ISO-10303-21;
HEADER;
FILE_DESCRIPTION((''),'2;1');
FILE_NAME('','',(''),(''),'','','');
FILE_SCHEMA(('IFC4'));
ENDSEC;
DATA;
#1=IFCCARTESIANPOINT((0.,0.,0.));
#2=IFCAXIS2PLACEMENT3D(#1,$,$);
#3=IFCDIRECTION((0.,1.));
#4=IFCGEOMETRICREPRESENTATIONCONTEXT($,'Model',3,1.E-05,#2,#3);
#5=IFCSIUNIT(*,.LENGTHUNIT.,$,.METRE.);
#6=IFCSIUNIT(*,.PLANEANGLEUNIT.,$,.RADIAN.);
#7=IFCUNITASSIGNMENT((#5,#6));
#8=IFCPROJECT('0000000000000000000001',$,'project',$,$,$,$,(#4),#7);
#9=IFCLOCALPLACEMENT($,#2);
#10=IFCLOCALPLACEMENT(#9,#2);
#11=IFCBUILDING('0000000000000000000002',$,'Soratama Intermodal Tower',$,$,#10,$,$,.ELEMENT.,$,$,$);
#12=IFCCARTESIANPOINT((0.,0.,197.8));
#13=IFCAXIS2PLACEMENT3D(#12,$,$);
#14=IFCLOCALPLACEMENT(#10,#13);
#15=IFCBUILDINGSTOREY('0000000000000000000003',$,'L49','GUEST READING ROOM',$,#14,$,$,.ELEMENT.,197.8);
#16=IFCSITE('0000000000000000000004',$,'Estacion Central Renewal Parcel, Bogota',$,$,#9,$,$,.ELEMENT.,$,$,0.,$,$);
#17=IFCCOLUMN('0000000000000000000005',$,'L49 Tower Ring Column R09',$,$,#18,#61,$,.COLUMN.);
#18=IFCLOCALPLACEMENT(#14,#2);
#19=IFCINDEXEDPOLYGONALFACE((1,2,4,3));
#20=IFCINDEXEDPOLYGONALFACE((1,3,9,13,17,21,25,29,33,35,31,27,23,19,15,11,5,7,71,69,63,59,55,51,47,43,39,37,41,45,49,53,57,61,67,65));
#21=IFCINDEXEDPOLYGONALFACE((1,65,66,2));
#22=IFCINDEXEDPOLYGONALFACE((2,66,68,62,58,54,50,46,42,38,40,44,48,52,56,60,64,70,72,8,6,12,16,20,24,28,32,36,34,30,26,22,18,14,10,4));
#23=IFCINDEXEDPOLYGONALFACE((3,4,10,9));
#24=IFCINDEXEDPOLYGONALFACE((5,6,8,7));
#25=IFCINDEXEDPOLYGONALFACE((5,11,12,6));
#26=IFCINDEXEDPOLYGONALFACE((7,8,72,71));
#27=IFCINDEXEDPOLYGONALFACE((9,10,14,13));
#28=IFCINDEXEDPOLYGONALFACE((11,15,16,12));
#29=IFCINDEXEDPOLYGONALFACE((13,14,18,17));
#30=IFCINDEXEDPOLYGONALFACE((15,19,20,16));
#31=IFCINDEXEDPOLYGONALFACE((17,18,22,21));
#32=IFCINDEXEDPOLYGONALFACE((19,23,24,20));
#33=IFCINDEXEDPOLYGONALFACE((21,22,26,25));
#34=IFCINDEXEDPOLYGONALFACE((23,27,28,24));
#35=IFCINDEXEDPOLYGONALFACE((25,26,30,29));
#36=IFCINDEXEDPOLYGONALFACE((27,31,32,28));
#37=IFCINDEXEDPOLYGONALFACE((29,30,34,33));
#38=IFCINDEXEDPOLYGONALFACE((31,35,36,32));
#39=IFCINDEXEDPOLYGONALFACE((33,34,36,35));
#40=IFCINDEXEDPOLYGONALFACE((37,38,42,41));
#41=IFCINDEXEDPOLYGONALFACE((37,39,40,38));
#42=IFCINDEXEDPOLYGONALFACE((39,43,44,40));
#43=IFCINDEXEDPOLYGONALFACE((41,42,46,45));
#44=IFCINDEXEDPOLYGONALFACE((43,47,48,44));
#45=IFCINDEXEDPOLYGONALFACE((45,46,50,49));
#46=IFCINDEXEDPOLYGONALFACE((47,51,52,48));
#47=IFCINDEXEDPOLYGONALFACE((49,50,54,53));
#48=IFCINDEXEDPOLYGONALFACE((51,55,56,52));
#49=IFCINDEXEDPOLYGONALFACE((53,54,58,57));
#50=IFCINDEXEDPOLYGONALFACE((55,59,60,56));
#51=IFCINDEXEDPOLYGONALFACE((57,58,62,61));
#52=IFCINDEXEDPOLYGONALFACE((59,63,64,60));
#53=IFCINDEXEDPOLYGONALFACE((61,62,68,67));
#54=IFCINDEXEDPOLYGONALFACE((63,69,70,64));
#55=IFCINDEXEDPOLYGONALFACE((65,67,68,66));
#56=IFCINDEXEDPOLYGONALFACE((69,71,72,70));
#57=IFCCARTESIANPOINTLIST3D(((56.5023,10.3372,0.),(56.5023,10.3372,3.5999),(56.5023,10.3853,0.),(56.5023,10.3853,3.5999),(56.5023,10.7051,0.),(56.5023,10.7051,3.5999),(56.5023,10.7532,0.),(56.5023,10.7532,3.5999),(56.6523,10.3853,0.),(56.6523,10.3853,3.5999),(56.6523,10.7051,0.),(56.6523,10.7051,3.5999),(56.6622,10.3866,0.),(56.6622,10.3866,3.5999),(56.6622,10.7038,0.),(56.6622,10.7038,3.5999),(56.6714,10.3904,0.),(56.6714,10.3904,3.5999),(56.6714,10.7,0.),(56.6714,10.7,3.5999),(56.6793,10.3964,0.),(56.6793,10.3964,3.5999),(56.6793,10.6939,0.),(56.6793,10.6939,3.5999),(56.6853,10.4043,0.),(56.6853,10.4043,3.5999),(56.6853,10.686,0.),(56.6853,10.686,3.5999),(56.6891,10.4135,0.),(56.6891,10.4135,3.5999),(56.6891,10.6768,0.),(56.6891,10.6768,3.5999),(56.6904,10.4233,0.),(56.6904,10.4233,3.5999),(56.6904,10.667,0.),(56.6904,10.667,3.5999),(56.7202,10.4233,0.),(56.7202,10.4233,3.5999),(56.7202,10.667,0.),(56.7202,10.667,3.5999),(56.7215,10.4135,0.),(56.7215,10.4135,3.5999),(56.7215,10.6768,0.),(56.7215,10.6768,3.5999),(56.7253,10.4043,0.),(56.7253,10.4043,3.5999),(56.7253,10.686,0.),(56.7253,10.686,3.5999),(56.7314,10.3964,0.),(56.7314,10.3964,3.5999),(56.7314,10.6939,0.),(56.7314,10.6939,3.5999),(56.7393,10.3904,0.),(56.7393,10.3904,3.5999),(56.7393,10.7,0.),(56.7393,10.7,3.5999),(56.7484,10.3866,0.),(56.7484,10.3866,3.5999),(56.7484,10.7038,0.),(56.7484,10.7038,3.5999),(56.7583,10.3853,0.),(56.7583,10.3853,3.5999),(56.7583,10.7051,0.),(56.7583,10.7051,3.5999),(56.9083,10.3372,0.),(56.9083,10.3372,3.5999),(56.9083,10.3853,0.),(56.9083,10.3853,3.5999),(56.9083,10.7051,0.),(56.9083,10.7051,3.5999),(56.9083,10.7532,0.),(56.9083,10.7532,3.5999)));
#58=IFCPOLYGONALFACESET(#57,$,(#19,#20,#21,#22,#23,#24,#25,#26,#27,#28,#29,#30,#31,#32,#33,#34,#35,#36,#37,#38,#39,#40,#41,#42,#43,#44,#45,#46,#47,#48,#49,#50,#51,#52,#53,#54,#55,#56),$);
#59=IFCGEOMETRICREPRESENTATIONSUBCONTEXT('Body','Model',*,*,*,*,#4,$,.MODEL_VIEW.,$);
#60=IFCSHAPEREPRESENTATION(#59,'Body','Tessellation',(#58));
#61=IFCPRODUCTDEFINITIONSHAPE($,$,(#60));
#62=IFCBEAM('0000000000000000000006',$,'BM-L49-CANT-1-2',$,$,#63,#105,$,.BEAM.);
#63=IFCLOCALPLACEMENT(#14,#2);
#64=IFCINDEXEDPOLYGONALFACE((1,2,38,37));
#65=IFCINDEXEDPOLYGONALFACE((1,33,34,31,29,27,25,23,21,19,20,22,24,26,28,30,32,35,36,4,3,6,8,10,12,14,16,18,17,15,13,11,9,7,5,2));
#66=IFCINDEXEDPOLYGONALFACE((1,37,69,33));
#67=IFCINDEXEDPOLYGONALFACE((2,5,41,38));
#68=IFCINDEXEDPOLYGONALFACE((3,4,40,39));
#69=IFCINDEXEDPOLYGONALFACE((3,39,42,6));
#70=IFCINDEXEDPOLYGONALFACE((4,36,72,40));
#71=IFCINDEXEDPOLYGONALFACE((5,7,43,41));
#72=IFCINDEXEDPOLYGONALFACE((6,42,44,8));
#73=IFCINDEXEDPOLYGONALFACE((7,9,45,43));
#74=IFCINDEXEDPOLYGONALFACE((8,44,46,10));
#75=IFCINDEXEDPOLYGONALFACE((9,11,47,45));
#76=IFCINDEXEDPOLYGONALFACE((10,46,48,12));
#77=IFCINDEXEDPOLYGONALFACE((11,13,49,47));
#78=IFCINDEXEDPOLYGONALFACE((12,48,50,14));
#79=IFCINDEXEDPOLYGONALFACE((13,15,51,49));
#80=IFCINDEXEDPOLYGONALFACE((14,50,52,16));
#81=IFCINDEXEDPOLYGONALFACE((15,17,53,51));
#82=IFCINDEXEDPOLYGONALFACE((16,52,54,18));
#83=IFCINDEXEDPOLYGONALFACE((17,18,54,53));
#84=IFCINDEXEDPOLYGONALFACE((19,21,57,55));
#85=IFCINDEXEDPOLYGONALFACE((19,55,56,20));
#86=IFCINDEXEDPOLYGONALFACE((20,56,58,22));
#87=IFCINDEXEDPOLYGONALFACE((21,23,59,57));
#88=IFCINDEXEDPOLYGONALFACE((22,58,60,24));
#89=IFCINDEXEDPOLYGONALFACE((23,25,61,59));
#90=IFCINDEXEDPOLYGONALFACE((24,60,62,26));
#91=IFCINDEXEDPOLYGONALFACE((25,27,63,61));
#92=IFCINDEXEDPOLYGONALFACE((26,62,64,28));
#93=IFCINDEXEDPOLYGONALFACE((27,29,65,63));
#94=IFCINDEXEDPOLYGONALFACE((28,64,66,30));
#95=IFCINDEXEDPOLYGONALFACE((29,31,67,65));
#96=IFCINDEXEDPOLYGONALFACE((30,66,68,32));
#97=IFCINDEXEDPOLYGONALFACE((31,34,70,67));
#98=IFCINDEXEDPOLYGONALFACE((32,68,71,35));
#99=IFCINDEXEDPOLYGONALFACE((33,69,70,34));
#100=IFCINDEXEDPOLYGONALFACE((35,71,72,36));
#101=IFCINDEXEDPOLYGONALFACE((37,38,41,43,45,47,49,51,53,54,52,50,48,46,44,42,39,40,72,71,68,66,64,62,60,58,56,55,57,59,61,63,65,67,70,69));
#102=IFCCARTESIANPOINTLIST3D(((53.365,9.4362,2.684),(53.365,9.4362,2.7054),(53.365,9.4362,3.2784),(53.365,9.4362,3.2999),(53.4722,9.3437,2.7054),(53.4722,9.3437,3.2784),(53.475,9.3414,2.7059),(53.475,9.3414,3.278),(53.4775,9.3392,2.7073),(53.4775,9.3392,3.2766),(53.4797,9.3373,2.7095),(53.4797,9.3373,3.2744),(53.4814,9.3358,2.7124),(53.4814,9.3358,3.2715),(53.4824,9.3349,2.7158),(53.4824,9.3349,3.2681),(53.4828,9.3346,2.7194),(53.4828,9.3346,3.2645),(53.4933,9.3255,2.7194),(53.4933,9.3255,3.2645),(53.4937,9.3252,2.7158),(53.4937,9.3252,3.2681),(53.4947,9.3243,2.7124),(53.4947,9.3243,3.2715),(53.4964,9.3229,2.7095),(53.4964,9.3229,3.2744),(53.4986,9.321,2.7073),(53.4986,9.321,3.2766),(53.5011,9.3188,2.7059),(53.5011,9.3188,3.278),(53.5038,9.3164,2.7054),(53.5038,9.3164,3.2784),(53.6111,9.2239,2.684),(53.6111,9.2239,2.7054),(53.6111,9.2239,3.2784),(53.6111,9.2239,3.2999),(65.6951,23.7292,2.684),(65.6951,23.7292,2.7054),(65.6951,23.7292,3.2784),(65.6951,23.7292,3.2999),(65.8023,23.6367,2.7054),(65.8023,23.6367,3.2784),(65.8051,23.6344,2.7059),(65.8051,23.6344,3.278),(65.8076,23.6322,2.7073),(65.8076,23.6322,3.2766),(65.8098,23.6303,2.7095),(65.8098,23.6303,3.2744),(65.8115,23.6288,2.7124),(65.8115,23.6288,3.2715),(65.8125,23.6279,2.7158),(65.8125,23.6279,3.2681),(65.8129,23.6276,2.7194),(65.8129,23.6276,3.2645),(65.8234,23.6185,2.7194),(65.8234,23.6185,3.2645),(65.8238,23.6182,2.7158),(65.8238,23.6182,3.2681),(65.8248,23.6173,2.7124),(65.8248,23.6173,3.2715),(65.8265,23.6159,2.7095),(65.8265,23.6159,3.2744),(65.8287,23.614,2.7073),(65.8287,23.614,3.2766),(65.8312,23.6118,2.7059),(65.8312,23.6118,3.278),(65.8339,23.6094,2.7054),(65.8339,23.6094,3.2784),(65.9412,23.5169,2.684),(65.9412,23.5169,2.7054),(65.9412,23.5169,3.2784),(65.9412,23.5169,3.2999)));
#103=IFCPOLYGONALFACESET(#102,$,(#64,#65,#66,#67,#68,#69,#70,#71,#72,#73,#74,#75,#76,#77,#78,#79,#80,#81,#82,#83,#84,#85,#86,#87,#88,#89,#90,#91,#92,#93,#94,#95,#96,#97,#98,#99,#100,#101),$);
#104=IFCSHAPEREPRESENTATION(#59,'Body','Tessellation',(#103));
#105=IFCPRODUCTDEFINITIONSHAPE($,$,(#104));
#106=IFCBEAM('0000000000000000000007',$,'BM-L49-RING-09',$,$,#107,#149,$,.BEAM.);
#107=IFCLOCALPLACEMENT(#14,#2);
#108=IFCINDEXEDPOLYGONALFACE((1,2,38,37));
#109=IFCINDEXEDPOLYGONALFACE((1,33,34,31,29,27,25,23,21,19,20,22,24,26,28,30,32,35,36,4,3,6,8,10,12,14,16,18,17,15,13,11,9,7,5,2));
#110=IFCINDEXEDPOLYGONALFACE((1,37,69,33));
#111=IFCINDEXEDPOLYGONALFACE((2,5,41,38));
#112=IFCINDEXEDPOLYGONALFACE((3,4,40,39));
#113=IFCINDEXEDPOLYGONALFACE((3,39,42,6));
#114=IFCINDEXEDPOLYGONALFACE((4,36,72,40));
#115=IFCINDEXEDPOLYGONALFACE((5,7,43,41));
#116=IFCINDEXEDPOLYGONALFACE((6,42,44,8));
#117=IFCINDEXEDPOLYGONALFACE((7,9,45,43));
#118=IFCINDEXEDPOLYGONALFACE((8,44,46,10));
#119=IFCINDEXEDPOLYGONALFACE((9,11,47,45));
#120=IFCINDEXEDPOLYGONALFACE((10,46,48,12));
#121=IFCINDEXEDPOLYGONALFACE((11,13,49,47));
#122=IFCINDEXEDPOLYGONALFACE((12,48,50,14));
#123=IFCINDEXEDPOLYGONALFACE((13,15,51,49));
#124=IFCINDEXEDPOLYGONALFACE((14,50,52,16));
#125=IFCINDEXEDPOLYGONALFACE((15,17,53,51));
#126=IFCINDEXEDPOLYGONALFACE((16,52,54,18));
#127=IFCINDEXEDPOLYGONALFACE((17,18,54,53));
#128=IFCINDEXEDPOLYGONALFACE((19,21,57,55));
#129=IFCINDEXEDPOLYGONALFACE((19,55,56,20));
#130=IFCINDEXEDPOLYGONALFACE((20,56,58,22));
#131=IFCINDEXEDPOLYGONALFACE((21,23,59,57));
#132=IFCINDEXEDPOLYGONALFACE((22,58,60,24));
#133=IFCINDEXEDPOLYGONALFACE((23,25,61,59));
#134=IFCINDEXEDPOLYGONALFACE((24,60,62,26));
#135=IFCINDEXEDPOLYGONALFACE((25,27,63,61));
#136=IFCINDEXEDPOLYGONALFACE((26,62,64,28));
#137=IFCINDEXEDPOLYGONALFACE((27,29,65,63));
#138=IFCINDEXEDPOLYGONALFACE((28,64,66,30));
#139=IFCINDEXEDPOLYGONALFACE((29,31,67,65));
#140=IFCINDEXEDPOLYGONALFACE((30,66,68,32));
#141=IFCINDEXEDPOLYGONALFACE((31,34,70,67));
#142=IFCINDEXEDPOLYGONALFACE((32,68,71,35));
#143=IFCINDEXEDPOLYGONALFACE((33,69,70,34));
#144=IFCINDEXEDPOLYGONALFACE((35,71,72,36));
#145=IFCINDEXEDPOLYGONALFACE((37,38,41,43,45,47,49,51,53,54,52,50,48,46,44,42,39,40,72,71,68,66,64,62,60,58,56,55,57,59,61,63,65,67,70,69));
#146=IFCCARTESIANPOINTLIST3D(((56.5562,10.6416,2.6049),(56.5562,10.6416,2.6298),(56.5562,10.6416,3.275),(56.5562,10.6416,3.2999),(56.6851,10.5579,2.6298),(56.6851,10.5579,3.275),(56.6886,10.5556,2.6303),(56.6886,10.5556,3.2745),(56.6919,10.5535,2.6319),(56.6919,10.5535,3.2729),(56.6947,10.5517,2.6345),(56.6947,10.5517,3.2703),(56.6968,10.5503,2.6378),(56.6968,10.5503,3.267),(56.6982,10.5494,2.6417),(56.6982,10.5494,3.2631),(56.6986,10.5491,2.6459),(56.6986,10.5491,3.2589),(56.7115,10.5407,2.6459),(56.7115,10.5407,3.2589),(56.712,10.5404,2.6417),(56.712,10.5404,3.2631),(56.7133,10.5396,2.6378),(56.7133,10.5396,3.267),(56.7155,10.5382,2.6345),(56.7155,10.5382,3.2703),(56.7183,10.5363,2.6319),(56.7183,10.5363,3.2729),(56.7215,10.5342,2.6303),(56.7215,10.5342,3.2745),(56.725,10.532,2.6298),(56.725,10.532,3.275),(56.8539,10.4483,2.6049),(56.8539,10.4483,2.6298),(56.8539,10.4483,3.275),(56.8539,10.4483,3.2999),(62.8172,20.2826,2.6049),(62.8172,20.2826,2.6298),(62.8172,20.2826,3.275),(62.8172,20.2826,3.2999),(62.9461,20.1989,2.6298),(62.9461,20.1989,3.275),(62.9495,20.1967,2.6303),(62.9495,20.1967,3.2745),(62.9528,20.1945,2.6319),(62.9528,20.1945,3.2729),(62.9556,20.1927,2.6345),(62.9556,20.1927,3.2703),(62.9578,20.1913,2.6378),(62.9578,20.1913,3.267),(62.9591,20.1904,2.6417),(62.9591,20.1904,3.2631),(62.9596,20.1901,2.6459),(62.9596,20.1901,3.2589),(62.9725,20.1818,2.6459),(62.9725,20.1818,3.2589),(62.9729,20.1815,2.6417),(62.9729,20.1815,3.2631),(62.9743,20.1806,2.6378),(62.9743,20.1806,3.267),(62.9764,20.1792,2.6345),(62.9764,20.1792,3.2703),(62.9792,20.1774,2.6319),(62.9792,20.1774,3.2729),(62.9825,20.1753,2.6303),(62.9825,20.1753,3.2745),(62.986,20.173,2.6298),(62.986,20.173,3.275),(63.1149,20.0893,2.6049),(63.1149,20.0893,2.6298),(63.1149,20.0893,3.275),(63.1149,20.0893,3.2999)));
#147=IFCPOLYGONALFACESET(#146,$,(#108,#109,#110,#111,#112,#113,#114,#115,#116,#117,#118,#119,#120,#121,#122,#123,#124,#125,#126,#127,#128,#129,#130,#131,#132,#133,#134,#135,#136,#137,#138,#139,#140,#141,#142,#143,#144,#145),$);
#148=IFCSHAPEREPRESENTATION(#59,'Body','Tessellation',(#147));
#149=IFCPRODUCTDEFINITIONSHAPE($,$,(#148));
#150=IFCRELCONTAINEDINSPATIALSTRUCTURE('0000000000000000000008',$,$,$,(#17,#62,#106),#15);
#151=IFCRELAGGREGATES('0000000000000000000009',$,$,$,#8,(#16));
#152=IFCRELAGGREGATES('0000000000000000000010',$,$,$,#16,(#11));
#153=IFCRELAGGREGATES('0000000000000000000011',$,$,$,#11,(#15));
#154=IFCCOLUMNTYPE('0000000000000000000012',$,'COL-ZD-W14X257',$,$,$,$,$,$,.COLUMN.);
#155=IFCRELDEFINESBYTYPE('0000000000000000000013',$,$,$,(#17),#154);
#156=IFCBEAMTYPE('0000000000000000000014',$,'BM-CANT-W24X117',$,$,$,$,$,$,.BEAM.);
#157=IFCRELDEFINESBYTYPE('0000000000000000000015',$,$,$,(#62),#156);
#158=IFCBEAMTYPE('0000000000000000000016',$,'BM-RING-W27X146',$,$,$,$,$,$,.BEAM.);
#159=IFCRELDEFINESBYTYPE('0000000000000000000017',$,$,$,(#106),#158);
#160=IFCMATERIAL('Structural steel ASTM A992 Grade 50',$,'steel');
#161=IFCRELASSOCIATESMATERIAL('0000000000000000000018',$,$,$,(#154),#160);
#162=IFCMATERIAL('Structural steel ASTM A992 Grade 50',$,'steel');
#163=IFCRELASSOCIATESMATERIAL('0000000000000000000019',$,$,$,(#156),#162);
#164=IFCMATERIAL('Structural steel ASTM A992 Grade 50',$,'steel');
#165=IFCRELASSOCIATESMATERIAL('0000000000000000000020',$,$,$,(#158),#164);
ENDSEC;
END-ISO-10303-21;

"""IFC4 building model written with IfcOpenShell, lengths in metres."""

from ifc_helpers import new_model, si_unit, direction, frame, origin, origin_2d, place, context, subcontext, project, spatial, i_section, extrude, material, material_profile, profile_set, type_object, element, save


model = new_model("IFC4")

# Units and contexts
model_context = context("Model", 3, precision=1e-05, world=origin(), true_north=direction((0.0, 1.0)))
body_context = subcontext(model_context, "Body", "Model", "MODEL_VIEW")
ifc_project = project(units=[si_unit("LENGTHUNIT", "METRE"), si_unit("PLANEANGLEUNIT", "RADIAN")], contexts=[model_context])

# Site, building, storey
site_placement = place(None, origin())
site = spatial("IfcSite", under=ifc_project, at=site_placement, Name="Estacion Central Renewal Parcel, Bogota", CompositionType="ELEMENT", RefElevation=0.0)
building_placement = place(site_placement, origin())
building = spatial("IfcBuilding", under=site, at=building_placement, Name="Soratama Intermodal Tower", CompositionType="ELEMENT")
storey_placement = place(building_placement, frame((0.0, 0.0, 197.8)))
storey = spatial("IfcBuildingStorey", under=building, at=storey_placement, Name="L49", Description="GUEST READING ROOM", CompositionType="ELEMENT", Elevation=197.8)

# Column
ifc_material_1 = material(Name="Structural steel ASTM A992 Grade 50", Category="steel")
ifc_material_profile_1 = material_profile(ifc_material_1, i_section(OverallWidth=0.406, OverallDepth=0.416, WebThickness=0.0298, FlangeThickness=0.0481, FilletRadius=0.0381, at=origin_2d()), Name="W14X257")
ifc_profile_set_1 = profile_set([ifc_material_profile_1], Name="Structural steel ASTM A992 Grade 50")
column_type = type_object("IfcColumnType", Name="COL-ZD-W14X257", PredefinedType="COLUMN", material=ifc_profile_set_1)
column_placement = place(storey_placement, frame((56.7053, 10.5452, 0.0), z_axis=(0.0, 0.0, 1.0), x_axis=(1.0, 0.0, 0.0)))
element("IfcColumn", 1, at=column_placement, inside=storey, type_object=column_type, Name="L49 Tower Ring Column R09", PredefinedType="COLUMN", context=body_context, shape_type="SweptSolid", body=[
    extrude(i_section(OverallWidth=0.406, OverallDepth=0.416, WebThickness=0.0298, FlangeThickness=0.0481, FilletRadius=0.0381, at=origin_2d()), origin(), (0.0, 0.0, 1.0), 3.5999),
])

# Beams
ifc_material_2 = material(Name="Structural steel ASTM A992 Grade 50", Category="steel")
ifc_material_profile_2 = material_profile(ifc_material_2, i_section(OverallWidth=0.325, OverallDepth=0.616, WebThickness=0.0139, FlangeThickness=0.0215, FilletRadius=0.0139, at=origin_2d()), Name="W24X117")
ifc_profile_set_2 = profile_set([ifc_material_profile_2], Name="Structural steel ASTM A992 Grade 50")
beam_type_1 = type_object("IfcBeamType", Name="BM-CANT-W24X117", PredefinedType="BEAM", material=ifc_profile_set_2)
beam_1_placement = place(storey_placement, frame((53.488, 9.3301, 2.9919), z_axis=(0.6532, 0.757186, 0.0), x_axis=(-0.757186, 0.6532, 0.0)))
element("IfcBeam", 2, at=beam_1_placement, inside=storey, type_object=beam_type_1, Name="BM-L49-CANT-1-2", PredefinedType="BEAM", context=body_context, shape_type="SweptSolid", body=[
    extrude(i_section(OverallWidth=0.325, OverallDepth=0.616, WebThickness=0.0139, FlangeThickness=0.0215, FilletRadius=0.0139, at=origin_2d()), origin(), (0.0, 0.0, 1.0), 18.8765),
])
ifc_material_3 = material(Name="Structural steel ASTM A992 Grade 50", Category="steel")
ifc_material_profile_3 = material_profile(ifc_material_3, i_section(OverallWidth=0.355, OverallDepth=0.6951, WebThickness=0.0154, FlangeThickness=0.0249, FilletRadius=0.0161, at=origin_2d()), Name="W27X146")
ifc_profile_set_3 = profile_set([ifc_material_profile_3], Name="Structural steel ASTM A992 Grade 50")
beam_type_2 = type_object("IfcBeamType", Name="BM-RING-W27X146", PredefinedType="BEAM", material=ifc_profile_set_3)
beam_2_placement = place(storey_placement, frame((56.7051, 10.5449, 2.9524), z_axis=(0.544637, 0.838672, 0.0), x_axis=(-0.838672, 0.544637, 0.0)))
element("IfcBeam", 3, at=beam_2_placement, inside=storey, type_object=beam_type_2, Name="BM-L49-RING-09", PredefinedType="BEAM", context=body_context, shape_type="SweptSolid", body=[
    extrude(i_section(OverallWidth=0.355, OverallDepth=0.6951, WebThickness=0.0154, FlangeThickness=0.0249, FilletRadius=0.0161, at=origin_2d()), origin(), (0.0, 0.0, 1.0), 11.4956),
])

save(model, "model.ifc")
